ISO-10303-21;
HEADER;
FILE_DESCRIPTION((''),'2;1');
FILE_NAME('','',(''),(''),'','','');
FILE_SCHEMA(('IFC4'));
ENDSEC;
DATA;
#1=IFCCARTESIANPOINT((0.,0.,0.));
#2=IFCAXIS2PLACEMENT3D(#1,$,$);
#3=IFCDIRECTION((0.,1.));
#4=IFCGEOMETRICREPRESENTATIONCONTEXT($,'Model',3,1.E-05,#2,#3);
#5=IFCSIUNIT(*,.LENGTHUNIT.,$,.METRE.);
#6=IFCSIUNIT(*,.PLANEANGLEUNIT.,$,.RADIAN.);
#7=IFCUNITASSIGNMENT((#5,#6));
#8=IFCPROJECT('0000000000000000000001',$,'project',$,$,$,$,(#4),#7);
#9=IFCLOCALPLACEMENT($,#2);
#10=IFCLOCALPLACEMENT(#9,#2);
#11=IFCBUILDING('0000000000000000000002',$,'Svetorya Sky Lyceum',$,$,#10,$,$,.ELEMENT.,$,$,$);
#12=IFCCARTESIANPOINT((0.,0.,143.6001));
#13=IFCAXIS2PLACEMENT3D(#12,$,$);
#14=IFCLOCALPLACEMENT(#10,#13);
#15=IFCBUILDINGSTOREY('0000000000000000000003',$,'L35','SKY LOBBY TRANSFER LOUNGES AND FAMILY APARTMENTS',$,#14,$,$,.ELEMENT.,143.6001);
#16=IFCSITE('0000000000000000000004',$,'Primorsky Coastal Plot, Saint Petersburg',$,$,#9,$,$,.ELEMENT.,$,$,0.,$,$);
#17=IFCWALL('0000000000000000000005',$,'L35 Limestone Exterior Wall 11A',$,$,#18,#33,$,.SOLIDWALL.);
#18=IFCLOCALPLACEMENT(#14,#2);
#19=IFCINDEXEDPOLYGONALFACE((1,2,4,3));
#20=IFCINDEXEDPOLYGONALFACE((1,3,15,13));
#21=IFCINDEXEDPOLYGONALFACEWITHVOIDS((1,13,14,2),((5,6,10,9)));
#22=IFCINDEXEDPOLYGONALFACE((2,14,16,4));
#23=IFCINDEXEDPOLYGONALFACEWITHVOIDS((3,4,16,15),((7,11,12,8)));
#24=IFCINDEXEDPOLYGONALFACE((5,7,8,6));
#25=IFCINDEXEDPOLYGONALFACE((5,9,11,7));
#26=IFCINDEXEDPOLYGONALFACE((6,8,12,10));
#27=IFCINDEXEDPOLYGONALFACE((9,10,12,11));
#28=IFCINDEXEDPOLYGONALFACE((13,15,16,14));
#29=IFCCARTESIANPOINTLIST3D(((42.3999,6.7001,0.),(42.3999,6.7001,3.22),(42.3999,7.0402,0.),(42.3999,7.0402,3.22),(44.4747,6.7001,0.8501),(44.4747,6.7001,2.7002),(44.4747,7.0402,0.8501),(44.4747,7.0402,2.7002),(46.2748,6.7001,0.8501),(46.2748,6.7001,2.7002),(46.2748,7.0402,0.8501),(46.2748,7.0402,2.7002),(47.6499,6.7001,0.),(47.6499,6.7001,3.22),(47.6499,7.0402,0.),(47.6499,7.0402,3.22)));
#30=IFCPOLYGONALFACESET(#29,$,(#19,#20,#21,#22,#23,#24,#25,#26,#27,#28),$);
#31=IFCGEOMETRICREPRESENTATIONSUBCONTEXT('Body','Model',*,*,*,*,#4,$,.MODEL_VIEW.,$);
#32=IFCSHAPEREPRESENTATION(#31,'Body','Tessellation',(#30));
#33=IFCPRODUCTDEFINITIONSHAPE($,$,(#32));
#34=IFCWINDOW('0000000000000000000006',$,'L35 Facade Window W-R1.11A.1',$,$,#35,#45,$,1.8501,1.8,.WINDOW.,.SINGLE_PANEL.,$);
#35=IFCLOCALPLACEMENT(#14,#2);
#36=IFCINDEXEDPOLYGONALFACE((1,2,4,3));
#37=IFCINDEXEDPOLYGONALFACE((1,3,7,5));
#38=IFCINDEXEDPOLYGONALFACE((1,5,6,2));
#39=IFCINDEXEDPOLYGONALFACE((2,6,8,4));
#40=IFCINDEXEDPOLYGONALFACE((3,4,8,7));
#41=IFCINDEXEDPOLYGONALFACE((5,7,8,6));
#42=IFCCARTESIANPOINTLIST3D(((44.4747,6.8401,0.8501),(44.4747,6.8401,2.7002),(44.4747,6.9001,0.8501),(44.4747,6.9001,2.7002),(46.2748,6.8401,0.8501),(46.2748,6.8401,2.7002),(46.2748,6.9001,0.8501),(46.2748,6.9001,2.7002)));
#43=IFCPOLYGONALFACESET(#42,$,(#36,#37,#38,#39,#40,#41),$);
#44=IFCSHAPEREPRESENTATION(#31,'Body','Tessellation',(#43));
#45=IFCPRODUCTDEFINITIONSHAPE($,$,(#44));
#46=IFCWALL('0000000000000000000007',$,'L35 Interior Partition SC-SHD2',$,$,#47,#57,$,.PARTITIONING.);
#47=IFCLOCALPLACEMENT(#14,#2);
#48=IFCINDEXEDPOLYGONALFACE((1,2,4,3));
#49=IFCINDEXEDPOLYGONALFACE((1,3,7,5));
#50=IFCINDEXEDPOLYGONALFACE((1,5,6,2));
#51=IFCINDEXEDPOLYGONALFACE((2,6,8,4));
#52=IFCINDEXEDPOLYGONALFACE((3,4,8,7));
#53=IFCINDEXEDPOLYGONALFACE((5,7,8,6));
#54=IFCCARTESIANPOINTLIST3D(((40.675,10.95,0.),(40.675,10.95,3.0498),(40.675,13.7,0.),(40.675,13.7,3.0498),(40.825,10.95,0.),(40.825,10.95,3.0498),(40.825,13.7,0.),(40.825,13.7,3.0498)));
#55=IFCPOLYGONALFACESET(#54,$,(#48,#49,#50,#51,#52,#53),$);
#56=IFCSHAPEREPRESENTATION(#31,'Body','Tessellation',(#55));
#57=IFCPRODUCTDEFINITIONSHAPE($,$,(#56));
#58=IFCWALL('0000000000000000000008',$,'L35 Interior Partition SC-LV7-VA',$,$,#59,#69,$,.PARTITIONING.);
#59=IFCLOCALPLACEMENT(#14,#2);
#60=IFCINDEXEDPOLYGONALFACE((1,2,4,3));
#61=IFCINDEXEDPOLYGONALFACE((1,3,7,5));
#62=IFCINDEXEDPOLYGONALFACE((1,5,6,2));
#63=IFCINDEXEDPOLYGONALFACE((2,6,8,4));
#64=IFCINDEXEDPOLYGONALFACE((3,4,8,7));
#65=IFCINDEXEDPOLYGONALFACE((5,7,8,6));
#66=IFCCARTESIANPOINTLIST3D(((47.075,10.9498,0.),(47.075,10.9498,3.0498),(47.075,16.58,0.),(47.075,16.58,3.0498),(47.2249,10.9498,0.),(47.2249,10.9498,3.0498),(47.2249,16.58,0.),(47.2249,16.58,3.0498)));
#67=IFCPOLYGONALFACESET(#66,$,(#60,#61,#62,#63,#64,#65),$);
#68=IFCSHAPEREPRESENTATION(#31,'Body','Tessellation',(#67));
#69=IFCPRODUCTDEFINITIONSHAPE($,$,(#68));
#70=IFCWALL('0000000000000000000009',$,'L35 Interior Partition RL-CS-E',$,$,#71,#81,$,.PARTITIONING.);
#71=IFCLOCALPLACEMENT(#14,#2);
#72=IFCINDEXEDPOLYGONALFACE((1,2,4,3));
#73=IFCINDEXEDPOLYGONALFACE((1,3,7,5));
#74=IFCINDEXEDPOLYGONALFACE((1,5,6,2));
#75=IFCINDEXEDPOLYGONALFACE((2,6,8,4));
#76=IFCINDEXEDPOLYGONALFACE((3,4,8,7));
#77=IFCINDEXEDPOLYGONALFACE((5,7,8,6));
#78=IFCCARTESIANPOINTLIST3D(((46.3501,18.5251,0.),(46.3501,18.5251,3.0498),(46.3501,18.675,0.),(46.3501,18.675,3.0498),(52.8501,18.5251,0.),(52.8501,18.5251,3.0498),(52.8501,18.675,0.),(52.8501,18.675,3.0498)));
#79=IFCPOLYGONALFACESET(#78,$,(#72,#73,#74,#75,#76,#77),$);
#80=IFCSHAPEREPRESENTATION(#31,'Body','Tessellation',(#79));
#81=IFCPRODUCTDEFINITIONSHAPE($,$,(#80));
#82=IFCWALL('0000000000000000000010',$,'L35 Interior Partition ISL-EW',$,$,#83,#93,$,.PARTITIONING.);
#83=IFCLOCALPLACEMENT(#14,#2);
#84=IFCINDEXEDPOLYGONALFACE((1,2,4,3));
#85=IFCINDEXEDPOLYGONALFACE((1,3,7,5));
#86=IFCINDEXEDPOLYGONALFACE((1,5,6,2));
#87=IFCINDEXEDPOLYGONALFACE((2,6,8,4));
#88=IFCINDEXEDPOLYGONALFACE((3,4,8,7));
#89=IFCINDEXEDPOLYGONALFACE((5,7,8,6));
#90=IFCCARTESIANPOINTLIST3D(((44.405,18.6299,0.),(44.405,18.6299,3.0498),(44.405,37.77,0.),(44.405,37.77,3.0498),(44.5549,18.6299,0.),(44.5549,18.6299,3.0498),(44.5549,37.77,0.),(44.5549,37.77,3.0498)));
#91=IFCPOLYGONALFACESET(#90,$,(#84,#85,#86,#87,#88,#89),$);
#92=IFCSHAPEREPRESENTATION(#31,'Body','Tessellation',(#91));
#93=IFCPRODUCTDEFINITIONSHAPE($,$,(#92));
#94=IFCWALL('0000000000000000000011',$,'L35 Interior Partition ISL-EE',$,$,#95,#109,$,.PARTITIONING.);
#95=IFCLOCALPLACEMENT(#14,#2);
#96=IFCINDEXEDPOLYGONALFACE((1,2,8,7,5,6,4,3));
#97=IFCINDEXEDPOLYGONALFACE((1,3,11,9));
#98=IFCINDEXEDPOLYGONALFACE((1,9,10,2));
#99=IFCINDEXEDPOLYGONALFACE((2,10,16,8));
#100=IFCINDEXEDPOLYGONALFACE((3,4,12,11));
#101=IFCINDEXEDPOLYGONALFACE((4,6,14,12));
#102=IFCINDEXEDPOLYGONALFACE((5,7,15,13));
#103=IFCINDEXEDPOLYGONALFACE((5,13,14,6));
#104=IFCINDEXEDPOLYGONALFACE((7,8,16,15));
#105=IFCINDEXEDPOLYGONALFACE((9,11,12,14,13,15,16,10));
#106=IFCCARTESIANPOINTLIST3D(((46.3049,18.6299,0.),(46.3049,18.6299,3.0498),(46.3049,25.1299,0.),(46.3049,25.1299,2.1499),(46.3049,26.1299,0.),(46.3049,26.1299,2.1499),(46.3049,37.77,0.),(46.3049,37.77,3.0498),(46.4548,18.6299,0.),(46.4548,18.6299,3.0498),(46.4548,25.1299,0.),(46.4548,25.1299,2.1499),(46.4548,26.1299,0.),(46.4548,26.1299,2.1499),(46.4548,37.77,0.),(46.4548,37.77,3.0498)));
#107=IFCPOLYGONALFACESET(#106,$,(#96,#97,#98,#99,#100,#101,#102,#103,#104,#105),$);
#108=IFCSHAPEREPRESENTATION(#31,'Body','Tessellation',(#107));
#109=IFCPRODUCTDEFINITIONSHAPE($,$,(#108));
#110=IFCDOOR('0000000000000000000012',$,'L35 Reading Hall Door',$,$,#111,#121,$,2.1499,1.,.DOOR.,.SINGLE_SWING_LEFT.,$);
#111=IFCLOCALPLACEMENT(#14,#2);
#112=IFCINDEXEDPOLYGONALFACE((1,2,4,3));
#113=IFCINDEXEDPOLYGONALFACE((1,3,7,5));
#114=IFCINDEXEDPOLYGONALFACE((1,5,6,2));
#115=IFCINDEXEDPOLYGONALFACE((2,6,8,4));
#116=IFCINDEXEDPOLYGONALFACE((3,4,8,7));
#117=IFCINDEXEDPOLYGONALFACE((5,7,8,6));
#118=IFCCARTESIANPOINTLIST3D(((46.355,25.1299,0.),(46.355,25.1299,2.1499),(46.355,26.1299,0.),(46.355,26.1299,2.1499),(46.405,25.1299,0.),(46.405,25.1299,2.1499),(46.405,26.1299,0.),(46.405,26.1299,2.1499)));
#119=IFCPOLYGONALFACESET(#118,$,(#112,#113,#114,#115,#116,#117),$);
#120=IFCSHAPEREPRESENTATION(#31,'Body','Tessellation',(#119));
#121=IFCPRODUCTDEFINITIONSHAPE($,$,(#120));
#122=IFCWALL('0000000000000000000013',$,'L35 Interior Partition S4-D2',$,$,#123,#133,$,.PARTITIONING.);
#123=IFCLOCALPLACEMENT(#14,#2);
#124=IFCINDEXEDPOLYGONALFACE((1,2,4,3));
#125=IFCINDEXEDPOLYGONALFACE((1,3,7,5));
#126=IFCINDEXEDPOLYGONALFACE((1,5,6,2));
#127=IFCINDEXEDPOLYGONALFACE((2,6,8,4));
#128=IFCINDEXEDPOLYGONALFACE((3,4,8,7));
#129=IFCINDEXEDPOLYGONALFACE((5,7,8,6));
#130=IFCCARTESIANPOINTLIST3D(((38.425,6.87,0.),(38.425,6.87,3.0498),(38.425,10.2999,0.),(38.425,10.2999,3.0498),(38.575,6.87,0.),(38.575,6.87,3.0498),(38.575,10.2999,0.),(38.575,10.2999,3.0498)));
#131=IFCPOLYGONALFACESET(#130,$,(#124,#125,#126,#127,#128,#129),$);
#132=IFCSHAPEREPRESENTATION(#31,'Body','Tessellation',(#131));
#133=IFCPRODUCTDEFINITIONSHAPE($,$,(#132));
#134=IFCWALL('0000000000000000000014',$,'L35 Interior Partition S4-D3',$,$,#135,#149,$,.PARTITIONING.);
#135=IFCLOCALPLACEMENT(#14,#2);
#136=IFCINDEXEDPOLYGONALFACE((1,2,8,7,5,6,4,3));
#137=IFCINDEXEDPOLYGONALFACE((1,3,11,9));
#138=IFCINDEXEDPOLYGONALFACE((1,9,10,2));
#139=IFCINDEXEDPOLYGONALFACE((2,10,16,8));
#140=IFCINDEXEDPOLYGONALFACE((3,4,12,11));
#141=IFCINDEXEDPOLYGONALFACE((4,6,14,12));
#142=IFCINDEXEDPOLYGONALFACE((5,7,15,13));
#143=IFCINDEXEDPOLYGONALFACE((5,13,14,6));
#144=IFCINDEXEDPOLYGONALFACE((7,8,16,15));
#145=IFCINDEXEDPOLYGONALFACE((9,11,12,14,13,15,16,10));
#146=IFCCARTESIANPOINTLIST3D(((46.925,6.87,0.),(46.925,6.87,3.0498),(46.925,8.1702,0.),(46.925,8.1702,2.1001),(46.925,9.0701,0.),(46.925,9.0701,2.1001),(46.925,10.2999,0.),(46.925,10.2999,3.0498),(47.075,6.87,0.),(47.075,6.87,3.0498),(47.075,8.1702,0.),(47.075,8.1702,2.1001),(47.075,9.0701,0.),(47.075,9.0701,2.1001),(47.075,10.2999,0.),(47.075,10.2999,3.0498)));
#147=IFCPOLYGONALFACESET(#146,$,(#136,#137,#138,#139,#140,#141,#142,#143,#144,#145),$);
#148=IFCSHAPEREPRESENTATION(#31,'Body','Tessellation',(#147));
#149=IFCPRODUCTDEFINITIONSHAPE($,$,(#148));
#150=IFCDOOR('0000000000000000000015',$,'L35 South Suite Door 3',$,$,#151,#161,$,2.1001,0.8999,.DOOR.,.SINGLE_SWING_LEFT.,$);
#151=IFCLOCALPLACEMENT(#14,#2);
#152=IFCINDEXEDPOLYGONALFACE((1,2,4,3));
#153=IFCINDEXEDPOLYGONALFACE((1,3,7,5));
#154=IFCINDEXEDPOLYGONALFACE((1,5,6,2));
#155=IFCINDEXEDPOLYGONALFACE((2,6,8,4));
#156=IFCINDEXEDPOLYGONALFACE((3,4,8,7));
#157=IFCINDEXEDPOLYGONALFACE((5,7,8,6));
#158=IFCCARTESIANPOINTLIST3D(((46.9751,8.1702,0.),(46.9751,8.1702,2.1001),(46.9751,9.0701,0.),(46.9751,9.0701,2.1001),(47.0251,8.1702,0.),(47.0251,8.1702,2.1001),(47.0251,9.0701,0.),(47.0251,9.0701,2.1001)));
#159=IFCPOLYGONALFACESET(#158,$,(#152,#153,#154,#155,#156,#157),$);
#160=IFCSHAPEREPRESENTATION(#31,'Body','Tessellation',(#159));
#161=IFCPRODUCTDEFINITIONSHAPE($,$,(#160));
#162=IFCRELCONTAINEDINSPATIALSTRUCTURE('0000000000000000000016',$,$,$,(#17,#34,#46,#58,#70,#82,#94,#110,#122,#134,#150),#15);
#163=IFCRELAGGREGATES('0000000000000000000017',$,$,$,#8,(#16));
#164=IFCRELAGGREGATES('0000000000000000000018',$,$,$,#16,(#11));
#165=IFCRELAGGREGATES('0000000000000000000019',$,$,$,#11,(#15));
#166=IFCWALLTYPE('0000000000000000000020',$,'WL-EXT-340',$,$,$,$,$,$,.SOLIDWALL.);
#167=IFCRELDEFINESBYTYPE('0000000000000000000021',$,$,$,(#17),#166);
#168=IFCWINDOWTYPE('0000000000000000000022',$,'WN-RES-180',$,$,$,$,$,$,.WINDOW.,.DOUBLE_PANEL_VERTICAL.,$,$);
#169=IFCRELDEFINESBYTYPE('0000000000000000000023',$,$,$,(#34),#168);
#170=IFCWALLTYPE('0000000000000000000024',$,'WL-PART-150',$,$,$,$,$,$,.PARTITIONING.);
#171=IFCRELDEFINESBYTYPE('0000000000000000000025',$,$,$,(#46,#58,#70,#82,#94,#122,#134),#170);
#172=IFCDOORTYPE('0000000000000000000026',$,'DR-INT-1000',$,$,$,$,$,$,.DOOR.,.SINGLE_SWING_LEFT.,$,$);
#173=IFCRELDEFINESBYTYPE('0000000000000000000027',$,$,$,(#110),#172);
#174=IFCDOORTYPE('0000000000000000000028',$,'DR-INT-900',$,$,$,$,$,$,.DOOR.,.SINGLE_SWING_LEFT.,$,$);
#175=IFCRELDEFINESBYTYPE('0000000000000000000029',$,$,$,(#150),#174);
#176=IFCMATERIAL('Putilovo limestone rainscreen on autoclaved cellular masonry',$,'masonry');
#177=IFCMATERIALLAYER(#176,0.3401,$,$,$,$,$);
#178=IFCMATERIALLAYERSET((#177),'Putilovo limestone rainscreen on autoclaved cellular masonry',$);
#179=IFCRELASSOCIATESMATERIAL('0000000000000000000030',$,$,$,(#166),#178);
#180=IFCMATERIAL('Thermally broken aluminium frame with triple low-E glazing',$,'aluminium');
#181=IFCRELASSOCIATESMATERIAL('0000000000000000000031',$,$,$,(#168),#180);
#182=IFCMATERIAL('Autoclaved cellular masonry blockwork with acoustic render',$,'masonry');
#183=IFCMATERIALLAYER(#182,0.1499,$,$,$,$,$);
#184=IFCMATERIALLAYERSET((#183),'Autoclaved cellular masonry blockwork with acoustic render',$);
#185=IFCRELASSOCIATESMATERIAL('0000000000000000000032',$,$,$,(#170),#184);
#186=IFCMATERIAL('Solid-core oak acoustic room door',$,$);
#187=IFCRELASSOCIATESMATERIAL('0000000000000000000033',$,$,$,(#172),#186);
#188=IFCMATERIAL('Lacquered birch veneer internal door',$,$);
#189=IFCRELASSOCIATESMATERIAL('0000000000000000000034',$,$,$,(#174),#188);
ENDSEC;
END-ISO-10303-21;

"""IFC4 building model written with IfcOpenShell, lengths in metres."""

from ifc_helpers import new_model, si_unit, direction, frame, frame_2d, origin, place, context, subcontext, project, spatial, rectangle, extrude, material, layer, layer_set, type_object, element, fill, save


model = new_model("IFC4")

# Units and contexts
model_context = context("Model", 3, precision=1e-05, world=origin(), true_north=direction((0.0, 1.0)))
body_context = subcontext(model_context, "Body", "Model", "MODEL_VIEW")
ifc_project = project(units=[si_unit("LENGTHUNIT", "METRE"), si_unit("PLANEANGLEUNIT", "RADIAN")], contexts=[model_context])

# Site, building, storey
site_placement = place(None, origin())
site = spatial("IfcSite", under=ifc_project, at=site_placement, Name="Primorsky Coastal Plot, Saint Petersburg", CompositionType="ELEMENT", RefElevation=0.0)
building_placement = place(site_placement, origin())
building = spatial("IfcBuilding", under=site, at=building_placement, Name="Svetorya Sky Lyceum", CompositionType="ELEMENT")
storey_placement = place(building_placement, frame((0.0, 0.0, 143.6001)))
storey = spatial("IfcBuildingStorey", under=building, at=storey_placement, Name="L35", Description="SKY LOBBY TRANSFER LOUNGES AND FAMILY APARTMENTS", CompositionType="ELEMENT", Elevation=143.6001)

# Shared definitions
ifc_material_1 = material(Name="Putilovo limestone rainscreen on autoclaved cellular masonry", Category="masonry")
ifc_layer_1 = layer(ifc_material_1, 0.3401)
ifc_layer_set_1 = layer_set([ifc_layer_1], Name="Putilovo limestone rainscreen on autoclaved cellular masonry")
wall_type_1 = type_object("IfcWallType", Name="WL-EXT-340", PredefinedType="SOLIDWALL", material=ifc_layer_set_1)

# Wall, opening, window
wall_1_placement = place(storey_placement, frame((42.3999, 6.8701, 0.0), z_axis=(0.0, 0.0, 1.0), x_axis=(1.0, 0.0, 0.0)))
wall_1 = element("IfcWall", 1, at=wall_1_placement, inside=storey, type_object=wall_type_1, Name="L35 Limestone Exterior Wall 11A", PredefinedType="SOLIDWALL", context=body_context, shape_type="SweptSolid", body=[
    extrude(rectangle(XDim=5.25, YDim=0.3401, at=frame_2d((2.625, 0.0))), origin(), (0.0, 0.0, 1.0), 3.22),
])
opening_1_placement = place(wall_1_placement, frame((2.075, 0.0, 0.8501)))
opening_1 = element("IfcOpeningElement", 2, at=opening_1_placement, cuts=wall_1, PredefinedType="OPENING", context=body_context, shape_type="SweptSolid", body=[
    extrude(rectangle(XDim=1.8, YDim=1.8501, at=frame_2d((0.8999, 0.925))), frame((0.0, 0.1799, 0.0), z_axis=(0.0, -1.0, 0.0), x_axis=(1.0, 0.0, 0.0)), (0.0, 0.0, 1.0), 0.3601),
])
ifc_material_2 = material(Name="Thermally broken aluminium frame with triple low-E glazing", Category="aluminium")
window_type = type_object("IfcWindowType", Name="WN-RES-180", PartitioningType="DOUBLE_PANEL_VERTICAL", PredefinedType="WINDOW", material=ifc_material_2)
window_placement = place(opening_1_placement, origin())
window = element("IfcWindow", 3, at=window_placement, inside=storey, type_object=window_type, Name="L35 Facade Window W-R1.11A.1", OverallHeight=1.8501, OverallWidth=1.8, PartitioningType="SINGLE_PANEL", PredefinedType="WINDOW", context=body_context, shape_type="SweptSolid", body=[
    extrude(rectangle(XDim=1.8, YDim=1.8501, at=frame_2d((0.8999, 0.925))), frame((0.0, 0.03, 0.0), z_axis=(0.0, -1.0, 0.0), x_axis=(1.0, 0.0, 0.0)), (0.0, 0.0, 1.0), 0.0601),
])
fill(opening_1, window)

# Walls
ifc_material_3 = material(Name="Autoclaved cellular masonry blockwork with acoustic render", Category="masonry")
ifc_layer_2 = layer(ifc_material_3, 0.1499)
ifc_layer_set_2 = layer_set([ifc_layer_2], Name="Autoclaved cellular masonry blockwork with acoustic render")
wall_type_2 = type_object("IfcWallType", Name="WL-PART-150", PredefinedType="PARTITIONING", material=ifc_layer_set_2)
wall_2_placement = place(storey_placement, frame((40.75, 10.95, 0.0), z_axis=(0.0, 0.0, 1.0), x_axis=(0.0, 1.0, 0.0)))
element("IfcWall", 4, at=wall_2_placement, inside=storey, type_object=wall_type_2, Name="L35 Interior Partition SC-SHD2", PredefinedType="PARTITIONING", context=body_context, shape_type="SweptSolid", body=[
    extrude(rectangle(XDim=2.75, YDim=0.1499, at=frame_2d((1.375, 0.0))), origin(), (0.0, 0.0, 1.0), 3.0498),
])
wall_3_placement = place(storey_placement, frame((47.1499, 10.95, 0.0), z_axis=(0.0, 0.0, 1.0), x_axis=(0.0, 1.0, 0.0)))
element("IfcWall", 5, at=wall_3_placement, inside=storey, type_object=wall_type_2, Name="L35 Interior Partition SC-LV7-VA", PredefinedType="PARTITIONING", context=body_context, shape_type="SweptSolid", body=[
    extrude(rectangle(XDim=5.6301, YDim=0.1499, at=frame_2d((2.8149, 0.0))), origin(), (0.0, 0.0, 1.0), 3.0498),
])
wall_4_placement = place(storey_placement, frame((46.3501, 18.6001, 0.0), z_axis=(0.0, 0.0, 1.0), x_axis=(1.0, 0.0, 0.0)))
element("IfcWall", 6, at=wall_4_placement, inside=storey, type_object=wall_type_2, Name="L35 Interior Partition RL-CS-E", PredefinedType="PARTITIONING", context=body_context, shape_type="SweptSolid", body=[
    extrude(rectangle(XDim=6.5, YDim=0.1499, at=frame_2d((3.25, 0.0))), origin(), (0.0, 0.0, 1.0), 3.0498),
])
wall_5_placement = place(storey_placement, frame((44.48, 18.6299, 0.0), z_axis=(0.0, 0.0, 1.0), x_axis=(0.0, 1.0, 0.0)))
element("IfcWall", 7, at=wall_5_placement, inside=storey, type_object=wall_type_2, Name="L35 Interior Partition ISL-EW", PredefinedType="PARTITIONING", context=body_context, shape_type="SweptSolid", body=[
    extrude(rectangle(XDim=19.1401, YDim=0.1499, at=frame_2d((9.5701, 0.0))), origin(), (0.0, 0.0, 1.0), 3.0498),
])

# Wall, opening, door
wall_6_placement = place(storey_placement, frame((46.3799, 18.6299, 0.0), z_axis=(0.0, 0.0, 1.0), x_axis=(0.0, 1.0, 0.0)))
wall_6 = element("IfcWall", 8, at=wall_6_placement, inside=storey, type_object=wall_type_2, Name="L35 Interior Partition ISL-EE", PredefinedType="PARTITIONING", context=body_context, shape_type="SweptSolid", body=[
    extrude(rectangle(XDim=19.1401, YDim=0.1499, at=frame_2d((9.5701, 0.0))), origin(), (0.0, 0.0, 1.0), 3.0498),
])
opening_2_placement = place(wall_6_placement, frame((6.5, 0.0, 0.0)))
opening_2 = element("IfcOpeningElement", 9, at=opening_2_placement, cuts=wall_6, PredefinedType="OPENING", context=body_context, shape_type="SweptSolid", body=[
    extrude(rectangle(XDim=1.0, YDim=2.1499, at=frame_2d((0.5, 1.075))), frame((0.0, 0.085, 0.0), z_axis=(0.0, -1.0, 0.0), x_axis=(1.0, 0.0, 0.0)), (0.0, 0.0, 1.0), 0.1699),
])
ifc_material_4 = material(Name="Solid-core oak acoustic room door")
door_type_1 = type_object("IfcDoorType", Name="DR-INT-1000", OperationType="SINGLE_SWING_LEFT", PredefinedType="DOOR", material=ifc_material_4)
door_1_placement = place(opening_2_placement, origin())
door_1 = element("IfcDoor", 10, at=door_1_placement, inside=storey, type_object=door_type_1, Name="L35 Reading Hall Door", OperationType="SINGLE_SWING_LEFT", OverallHeight=2.1499, OverallWidth=1.0, PredefinedType="DOOR", context=body_context, shape_type="SweptSolid", body=[
    extrude(rectangle(XDim=1.0, YDim=2.1499, at=frame_2d((0.5, 1.075))), frame((0.0, 0.0249, 0.0), z_axis=(0.0, -1.0, 0.0), x_axis=(1.0, 0.0, 0.0)), (0.0, 0.0, 1.0), 0.05),
])
fill(opening_2, door_1)

# Wall
wall_7_placement = place(storey_placement, frame((38.5, 6.8701, 0.0), z_axis=(0.0, 0.0, 1.0), x_axis=(0.0, 1.0, 0.0)))
element("IfcWall", 11, at=wall_7_placement, inside=storey, type_object=wall_type_2, Name="L35 Interior Partition S4-D2", PredefinedType="PARTITIONING", context=body_context, shape_type="SweptSolid", body=[
    extrude(rectangle(XDim=3.4299, YDim=0.1499, at=frame_2d((1.7148, 0.0))), origin(), (0.0, 0.0, 1.0), 3.0498),
])

# Wall, opening, door
wall_8_placement = place(storey_placement, frame((47.0, 6.8701, 0.0), z_axis=(0.0, 0.0, 1.0), x_axis=(0.0, 1.0, 0.0)))
wall_8 = element("IfcWall", 12, at=wall_8_placement, inside=storey, type_object=wall_type_2, Name="L35 Interior Partition S4-D3", PredefinedType="PARTITIONING", context=body_context, shape_type="SweptSolid", body=[
    extrude(rectangle(XDim=3.4299, YDim=0.1499, at=frame_2d((1.7148, 0.0))), origin(), (0.0, 0.0, 1.0), 3.0498),
])
opening_3_placement = place(wall_8_placement, frame((1.3, 0.0, 0.0)))
opening_3 = element("IfcOpeningElement", 13, at=opening_3_placement, cuts=wall_8, PredefinedType="OPENING", context=body_context, shape_type="SweptSolid", body=[
    extrude(rectangle(XDim=0.8999, YDim=2.1001, at=frame_2d((0.45, 1.05))), frame((0.0, 0.085, 0.0), z_axis=(0.0, -1.0, 0.0), x_axis=(1.0, 0.0, 0.0)), (0.0, 0.0, 1.0), 0.1699),
])
ifc_material_5 = material(Name="Lacquered birch veneer internal door")
door_type_2 = type_object("IfcDoorType", Name="DR-INT-900", OperationType="SINGLE_SWING_LEFT", PredefinedType="DOOR", material=ifc_material_5)
door_2_placement = place(opening_3_placement, origin())
door_2 = element("IfcDoor", 14, at=door_2_placement, inside=storey, type_object=door_type_2, Name="L35 South Suite Door 3", OperationType="SINGLE_SWING_LEFT", OverallHeight=2.1001, OverallWidth=0.8999, PredefinedType="DOOR", context=body_context, shape_type="SweptSolid", body=[
    extrude(rectangle(XDim=0.8999, YDim=2.1001, at=frame_2d((0.45, 1.05))), frame((0.0, 0.0249, 0.0), z_axis=(0.0, -1.0, 0.0), x_axis=(1.0, 0.0, 0.0)), (0.0, 0.0, 1.0), 0.05),
])
fill(opening_3, door_2)

save(model, "model.ifc")
